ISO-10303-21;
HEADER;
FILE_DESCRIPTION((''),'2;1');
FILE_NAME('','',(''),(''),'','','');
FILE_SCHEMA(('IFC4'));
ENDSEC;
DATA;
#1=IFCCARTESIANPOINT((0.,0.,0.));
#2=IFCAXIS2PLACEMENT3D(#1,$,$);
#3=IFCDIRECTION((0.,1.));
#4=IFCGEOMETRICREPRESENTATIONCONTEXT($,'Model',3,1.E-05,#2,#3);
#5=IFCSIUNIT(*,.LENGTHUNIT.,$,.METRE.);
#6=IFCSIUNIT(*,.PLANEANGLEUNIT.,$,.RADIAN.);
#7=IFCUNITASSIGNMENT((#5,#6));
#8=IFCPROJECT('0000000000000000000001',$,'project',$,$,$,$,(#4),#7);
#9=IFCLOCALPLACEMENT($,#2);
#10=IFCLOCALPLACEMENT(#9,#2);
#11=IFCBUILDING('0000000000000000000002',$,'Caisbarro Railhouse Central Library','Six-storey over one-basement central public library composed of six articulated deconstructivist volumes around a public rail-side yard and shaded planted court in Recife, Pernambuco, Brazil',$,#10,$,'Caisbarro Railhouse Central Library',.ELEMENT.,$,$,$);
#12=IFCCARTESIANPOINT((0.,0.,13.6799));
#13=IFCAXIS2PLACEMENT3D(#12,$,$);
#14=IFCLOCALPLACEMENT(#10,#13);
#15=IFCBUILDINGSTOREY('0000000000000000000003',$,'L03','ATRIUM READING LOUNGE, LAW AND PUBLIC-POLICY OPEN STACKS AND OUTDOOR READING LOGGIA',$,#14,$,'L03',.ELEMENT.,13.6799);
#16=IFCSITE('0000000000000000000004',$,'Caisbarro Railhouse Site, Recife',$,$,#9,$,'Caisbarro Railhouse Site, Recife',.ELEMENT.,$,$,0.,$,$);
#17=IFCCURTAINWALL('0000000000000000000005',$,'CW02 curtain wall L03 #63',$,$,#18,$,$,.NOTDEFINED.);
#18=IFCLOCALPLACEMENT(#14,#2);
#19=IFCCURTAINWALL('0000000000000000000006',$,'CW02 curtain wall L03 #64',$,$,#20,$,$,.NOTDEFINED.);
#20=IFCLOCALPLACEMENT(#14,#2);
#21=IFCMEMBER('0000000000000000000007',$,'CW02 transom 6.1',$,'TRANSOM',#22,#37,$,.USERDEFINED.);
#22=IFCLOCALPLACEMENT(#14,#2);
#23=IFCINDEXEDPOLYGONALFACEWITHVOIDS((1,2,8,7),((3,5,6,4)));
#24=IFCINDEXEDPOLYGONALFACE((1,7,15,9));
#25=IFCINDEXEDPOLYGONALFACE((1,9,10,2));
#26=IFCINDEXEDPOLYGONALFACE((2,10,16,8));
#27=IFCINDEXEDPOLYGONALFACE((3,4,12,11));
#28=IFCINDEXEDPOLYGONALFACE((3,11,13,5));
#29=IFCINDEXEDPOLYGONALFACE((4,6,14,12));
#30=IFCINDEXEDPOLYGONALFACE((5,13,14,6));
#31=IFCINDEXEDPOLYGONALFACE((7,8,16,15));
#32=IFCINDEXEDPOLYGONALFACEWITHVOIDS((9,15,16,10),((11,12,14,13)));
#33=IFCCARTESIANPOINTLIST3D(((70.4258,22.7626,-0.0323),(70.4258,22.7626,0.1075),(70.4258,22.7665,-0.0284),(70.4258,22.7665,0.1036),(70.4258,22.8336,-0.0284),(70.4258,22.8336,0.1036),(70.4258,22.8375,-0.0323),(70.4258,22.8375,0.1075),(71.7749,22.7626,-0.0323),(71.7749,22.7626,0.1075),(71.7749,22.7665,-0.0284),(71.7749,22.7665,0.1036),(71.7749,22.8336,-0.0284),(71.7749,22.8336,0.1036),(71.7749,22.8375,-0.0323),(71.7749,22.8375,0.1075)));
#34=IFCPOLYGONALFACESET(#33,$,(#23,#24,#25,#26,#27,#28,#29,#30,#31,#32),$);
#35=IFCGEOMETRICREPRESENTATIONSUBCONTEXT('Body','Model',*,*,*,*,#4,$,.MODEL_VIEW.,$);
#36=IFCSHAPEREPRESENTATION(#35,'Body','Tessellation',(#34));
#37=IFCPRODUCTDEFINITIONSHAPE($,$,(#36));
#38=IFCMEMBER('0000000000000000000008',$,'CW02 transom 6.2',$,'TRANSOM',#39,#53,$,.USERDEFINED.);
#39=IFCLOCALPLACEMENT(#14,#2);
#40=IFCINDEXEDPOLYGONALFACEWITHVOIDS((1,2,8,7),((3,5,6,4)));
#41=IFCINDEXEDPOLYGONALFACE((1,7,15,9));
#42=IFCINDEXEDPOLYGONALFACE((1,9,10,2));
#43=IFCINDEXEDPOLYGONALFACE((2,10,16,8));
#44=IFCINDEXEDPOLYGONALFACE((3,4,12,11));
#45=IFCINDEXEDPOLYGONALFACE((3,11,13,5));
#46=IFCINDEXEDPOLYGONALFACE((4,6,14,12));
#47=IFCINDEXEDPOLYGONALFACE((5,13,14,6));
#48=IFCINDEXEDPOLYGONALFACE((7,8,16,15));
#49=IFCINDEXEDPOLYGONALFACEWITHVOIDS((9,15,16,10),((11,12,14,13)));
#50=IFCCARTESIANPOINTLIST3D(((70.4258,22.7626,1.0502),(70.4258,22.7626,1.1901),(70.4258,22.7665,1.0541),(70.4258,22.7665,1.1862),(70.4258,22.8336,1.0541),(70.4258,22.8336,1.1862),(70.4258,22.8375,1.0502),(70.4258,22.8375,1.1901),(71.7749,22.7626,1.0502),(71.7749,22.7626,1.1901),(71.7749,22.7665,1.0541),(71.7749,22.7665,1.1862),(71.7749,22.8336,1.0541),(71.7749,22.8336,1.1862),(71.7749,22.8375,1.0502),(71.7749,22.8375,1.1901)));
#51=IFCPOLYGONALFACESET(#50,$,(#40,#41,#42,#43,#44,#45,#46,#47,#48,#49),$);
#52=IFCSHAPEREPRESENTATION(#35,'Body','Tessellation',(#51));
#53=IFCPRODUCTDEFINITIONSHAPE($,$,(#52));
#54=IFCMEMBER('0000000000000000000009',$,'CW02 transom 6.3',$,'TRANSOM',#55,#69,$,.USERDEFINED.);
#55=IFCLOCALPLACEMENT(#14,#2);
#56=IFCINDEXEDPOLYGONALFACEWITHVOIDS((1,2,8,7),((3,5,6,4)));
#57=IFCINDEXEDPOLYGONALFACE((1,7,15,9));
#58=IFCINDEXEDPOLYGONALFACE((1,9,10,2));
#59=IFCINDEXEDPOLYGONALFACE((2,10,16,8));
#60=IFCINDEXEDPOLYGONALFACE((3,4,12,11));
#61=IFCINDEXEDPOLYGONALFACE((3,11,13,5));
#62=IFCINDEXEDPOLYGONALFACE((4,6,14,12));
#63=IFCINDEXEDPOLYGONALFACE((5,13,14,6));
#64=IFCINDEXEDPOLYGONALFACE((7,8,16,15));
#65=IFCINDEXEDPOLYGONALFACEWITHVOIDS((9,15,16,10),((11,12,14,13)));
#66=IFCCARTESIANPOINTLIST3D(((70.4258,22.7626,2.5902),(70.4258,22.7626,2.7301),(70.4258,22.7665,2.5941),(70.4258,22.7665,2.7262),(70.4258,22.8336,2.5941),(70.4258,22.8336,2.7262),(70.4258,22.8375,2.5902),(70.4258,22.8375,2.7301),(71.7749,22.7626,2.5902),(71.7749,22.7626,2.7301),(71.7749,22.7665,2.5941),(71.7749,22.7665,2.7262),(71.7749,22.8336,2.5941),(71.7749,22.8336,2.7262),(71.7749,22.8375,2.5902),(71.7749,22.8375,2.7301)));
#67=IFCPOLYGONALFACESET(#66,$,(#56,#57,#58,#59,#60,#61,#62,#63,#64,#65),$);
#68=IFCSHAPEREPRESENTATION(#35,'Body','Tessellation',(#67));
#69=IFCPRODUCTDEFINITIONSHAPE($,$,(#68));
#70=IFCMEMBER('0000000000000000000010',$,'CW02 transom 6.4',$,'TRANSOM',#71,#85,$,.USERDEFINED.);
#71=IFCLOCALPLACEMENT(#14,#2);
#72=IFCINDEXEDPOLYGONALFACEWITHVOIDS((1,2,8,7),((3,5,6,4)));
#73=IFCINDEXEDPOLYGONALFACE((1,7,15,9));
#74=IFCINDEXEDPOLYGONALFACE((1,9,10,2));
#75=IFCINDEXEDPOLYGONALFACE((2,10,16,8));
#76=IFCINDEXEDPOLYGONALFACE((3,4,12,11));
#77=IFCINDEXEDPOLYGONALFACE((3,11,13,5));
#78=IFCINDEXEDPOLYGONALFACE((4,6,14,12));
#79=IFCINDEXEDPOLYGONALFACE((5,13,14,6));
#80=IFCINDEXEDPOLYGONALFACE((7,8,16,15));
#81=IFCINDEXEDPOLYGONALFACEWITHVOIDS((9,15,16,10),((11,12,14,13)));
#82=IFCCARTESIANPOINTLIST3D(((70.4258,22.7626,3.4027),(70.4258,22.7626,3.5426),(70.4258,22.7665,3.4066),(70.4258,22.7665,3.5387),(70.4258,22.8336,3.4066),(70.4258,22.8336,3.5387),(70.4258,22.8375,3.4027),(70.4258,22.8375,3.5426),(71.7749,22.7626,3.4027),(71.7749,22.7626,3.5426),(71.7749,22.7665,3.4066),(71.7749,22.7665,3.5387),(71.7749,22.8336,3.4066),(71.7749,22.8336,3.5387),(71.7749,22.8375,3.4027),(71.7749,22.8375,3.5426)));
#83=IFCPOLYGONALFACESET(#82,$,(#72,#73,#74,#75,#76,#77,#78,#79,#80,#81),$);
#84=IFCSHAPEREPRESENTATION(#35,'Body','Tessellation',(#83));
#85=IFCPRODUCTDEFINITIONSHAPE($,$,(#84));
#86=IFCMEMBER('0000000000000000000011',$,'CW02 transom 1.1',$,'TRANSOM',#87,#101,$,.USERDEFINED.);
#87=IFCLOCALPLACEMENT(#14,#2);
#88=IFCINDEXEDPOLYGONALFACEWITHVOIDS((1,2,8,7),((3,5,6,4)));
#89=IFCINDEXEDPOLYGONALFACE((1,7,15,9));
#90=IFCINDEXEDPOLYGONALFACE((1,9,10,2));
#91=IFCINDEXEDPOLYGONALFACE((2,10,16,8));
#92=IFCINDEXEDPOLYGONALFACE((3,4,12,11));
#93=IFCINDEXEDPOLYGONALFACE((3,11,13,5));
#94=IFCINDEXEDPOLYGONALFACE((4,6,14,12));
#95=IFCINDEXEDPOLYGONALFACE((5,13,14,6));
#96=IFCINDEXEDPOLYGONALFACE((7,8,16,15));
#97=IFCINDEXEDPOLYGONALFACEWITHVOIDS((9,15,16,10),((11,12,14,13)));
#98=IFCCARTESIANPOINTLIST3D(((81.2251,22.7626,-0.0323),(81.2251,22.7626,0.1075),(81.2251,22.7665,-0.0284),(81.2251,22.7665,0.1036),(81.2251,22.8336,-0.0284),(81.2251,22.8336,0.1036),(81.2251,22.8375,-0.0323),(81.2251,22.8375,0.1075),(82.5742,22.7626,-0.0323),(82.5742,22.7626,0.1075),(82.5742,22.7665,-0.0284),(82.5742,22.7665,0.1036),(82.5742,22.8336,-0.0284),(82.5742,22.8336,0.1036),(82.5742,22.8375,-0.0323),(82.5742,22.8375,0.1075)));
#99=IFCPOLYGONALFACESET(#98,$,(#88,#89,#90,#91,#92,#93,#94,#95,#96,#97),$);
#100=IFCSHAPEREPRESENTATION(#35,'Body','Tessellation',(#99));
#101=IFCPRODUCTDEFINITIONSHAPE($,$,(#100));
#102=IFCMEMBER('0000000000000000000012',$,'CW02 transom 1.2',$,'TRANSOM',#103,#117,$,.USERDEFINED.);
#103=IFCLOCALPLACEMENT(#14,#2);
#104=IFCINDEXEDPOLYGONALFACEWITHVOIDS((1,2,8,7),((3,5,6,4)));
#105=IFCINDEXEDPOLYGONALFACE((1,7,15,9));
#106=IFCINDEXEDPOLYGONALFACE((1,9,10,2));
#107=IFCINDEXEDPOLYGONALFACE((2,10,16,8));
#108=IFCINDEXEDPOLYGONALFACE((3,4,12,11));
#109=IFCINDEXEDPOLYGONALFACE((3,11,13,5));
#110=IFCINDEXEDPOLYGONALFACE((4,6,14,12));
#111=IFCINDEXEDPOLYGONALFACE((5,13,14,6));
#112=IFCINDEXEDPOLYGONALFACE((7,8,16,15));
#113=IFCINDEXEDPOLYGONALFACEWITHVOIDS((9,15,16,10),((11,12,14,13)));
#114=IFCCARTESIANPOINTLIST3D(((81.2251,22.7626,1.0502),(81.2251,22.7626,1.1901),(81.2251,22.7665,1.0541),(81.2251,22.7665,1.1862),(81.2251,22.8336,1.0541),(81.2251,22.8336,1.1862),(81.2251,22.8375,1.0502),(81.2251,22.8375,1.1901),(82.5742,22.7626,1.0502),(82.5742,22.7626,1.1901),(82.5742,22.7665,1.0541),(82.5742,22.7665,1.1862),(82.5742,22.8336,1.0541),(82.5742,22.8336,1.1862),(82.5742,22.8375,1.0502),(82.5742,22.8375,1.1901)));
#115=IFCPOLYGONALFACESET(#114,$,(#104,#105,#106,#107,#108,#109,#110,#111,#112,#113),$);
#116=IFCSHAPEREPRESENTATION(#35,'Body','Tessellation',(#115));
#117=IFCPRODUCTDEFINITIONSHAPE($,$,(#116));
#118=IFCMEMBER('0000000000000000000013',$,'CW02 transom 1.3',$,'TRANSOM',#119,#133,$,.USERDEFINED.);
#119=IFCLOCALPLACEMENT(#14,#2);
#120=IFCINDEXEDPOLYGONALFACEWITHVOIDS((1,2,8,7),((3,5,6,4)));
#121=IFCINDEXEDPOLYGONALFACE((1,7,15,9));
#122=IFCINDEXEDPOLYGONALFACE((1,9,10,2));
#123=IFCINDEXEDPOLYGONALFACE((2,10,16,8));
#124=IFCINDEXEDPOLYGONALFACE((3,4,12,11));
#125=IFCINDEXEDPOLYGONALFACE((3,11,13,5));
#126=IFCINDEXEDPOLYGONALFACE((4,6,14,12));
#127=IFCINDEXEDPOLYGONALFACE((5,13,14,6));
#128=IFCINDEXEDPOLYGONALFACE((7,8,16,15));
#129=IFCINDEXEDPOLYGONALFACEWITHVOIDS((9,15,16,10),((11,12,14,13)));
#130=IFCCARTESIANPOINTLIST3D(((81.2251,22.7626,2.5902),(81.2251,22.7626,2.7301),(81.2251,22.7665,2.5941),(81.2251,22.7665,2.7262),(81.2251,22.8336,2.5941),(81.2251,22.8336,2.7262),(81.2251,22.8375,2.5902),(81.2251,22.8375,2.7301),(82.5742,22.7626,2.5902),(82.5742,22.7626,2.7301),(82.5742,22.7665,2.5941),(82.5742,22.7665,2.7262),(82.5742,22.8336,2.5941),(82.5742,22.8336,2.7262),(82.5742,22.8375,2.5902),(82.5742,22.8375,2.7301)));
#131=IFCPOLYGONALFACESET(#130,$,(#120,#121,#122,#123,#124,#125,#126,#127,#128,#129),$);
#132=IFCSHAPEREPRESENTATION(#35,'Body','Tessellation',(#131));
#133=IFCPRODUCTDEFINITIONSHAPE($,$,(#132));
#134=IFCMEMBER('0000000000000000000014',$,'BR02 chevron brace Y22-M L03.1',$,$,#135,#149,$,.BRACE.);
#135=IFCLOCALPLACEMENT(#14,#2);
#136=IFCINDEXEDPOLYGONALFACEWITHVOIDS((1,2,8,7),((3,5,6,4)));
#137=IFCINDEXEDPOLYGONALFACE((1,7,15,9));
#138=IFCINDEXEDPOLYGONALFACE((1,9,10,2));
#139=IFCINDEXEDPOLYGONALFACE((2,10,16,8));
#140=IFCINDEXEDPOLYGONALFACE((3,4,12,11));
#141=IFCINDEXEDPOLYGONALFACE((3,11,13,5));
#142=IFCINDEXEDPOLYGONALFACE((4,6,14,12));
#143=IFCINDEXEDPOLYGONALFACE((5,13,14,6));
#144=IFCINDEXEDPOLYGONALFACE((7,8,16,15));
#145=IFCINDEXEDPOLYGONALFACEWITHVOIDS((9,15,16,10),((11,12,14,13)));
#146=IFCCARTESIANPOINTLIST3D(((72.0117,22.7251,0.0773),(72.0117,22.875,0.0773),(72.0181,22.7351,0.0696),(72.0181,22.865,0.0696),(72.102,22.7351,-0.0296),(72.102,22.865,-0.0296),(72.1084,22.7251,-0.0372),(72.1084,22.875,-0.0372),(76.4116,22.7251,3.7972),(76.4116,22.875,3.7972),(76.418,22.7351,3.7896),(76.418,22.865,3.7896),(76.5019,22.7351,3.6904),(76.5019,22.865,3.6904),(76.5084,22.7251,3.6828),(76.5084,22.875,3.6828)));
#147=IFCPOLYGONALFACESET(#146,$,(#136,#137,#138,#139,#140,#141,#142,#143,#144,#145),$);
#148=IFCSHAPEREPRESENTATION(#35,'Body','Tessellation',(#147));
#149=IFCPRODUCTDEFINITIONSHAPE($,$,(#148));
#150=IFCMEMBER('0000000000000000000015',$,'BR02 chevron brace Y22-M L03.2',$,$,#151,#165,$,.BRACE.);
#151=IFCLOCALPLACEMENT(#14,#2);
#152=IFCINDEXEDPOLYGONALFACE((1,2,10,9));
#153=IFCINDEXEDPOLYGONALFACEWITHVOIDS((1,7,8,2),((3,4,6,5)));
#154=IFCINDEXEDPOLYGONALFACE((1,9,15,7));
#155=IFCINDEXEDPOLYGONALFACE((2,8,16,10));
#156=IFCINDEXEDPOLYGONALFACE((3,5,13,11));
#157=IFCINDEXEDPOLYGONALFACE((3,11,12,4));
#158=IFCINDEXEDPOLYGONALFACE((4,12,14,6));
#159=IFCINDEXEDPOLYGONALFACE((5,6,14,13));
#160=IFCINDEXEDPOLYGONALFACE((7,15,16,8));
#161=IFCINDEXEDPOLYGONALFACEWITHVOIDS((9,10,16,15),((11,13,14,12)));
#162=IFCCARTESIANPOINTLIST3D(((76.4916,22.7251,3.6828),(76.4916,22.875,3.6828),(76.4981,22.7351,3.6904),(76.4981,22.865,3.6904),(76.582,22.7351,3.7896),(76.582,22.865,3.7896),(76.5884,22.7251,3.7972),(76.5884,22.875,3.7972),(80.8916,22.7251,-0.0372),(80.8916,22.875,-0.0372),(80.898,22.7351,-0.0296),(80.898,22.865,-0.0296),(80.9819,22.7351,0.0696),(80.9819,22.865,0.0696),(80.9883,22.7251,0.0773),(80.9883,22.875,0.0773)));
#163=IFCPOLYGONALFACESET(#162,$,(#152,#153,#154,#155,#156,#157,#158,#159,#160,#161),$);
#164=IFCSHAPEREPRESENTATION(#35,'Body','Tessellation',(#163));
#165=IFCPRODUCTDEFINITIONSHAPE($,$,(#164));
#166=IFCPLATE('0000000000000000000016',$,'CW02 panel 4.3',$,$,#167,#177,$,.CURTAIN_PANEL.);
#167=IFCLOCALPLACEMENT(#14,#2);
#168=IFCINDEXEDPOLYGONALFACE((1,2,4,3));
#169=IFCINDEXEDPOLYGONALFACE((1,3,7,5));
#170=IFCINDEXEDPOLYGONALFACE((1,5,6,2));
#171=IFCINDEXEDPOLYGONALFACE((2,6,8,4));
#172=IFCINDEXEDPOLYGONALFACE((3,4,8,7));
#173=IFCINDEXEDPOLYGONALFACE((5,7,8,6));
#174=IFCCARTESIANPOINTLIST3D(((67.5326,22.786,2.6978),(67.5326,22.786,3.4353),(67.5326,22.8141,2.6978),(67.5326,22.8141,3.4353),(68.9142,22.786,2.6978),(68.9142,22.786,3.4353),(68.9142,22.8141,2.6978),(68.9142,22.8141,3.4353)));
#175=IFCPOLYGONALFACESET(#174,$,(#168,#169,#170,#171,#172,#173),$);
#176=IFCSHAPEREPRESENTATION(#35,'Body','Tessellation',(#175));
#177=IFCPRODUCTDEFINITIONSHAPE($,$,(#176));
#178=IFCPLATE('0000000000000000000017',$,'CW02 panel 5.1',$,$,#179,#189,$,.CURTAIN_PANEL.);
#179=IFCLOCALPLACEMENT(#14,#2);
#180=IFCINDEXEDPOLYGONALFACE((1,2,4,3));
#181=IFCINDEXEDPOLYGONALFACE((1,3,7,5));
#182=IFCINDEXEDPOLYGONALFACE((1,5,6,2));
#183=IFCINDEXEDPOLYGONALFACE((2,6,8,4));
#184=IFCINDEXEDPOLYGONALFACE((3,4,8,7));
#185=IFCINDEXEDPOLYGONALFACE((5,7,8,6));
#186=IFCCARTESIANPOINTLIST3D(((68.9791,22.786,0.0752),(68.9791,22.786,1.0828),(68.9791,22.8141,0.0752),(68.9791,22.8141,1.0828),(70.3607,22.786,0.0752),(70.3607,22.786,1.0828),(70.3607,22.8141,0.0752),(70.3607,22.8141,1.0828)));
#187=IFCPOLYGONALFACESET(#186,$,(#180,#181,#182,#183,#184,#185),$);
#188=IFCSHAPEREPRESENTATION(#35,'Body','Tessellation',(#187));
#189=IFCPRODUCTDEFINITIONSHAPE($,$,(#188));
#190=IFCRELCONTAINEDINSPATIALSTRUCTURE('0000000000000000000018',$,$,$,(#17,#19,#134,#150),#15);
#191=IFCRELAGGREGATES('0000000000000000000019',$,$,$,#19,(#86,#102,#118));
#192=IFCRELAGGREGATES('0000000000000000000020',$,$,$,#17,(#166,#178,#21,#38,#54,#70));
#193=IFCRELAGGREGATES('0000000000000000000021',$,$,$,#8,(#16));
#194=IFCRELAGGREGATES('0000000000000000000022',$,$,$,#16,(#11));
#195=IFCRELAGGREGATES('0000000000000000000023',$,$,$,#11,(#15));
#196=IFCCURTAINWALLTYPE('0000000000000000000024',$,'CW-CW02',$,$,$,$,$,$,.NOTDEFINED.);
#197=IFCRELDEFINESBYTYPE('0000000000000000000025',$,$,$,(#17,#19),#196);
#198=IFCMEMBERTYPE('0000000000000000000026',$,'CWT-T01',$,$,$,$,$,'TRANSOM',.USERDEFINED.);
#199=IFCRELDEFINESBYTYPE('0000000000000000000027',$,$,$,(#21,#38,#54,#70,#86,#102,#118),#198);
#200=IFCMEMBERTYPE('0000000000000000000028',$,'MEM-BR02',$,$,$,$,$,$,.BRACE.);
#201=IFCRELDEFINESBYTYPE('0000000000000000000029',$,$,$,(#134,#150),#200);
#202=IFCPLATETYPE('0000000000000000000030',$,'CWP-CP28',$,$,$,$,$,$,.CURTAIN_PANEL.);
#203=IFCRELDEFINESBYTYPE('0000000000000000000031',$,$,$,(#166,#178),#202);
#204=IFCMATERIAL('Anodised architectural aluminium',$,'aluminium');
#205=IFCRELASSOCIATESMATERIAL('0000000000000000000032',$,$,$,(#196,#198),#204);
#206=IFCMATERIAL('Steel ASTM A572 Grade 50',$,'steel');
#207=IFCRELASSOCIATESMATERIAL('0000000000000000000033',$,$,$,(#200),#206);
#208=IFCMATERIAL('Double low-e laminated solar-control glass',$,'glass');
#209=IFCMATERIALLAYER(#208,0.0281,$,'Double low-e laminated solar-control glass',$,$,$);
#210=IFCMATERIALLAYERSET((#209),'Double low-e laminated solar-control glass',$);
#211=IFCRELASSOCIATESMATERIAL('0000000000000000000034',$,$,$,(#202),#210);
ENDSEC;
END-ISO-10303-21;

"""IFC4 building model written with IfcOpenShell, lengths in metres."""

from ifc_helpers import new_model, si_unit, direction, frame, origin, origin_2d, place, context, subcontext, project, spatial, rectangle, hollow_rectangle, extrude, material, layer, layer_set, material_profile, profile_set, type_object, element, aggregate, save


model = new_model("IFC4")

# Units and contexts
model_context = context("Model", 3, precision=1e-05, world=origin(), true_north=direction((0.0, 1.0)))
body_context = subcontext(model_context, "Body", "Model", "MODEL_VIEW")
ifc_project = project(units=[si_unit("LENGTHUNIT", "METRE"), si_unit("PLANEANGLEUNIT", "RADIAN")], contexts=[model_context])

# Site, building, storey
site_placement = place(None, origin())
site = spatial("IfcSite", under=ifc_project, at=site_placement, Name="Caisbarro Railhouse Site, Recife", LongName="Caisbarro Railhouse Site, Recife", CompositionType="ELEMENT", RefElevation=0.0)
building_placement = place(site_placement, origin())
building = spatial("IfcBuilding", under=site, at=building_placement, Name="Caisbarro Railhouse Central Library", Description="Six-storey over one-basement central public library composed of six articulated deconstructivist volumes around a public rail-side yard and shaded planted court in Recife, Pernambuco, Brazil", LongName="Caisbarro Railhouse Central Library", CompositionType="ELEMENT")
storey_placement = place(building_placement, frame((0.0, 0.0, 13.6799)))
storey = spatial("IfcBuildingStorey", under=building, at=storey_placement, Name="L03", Description="ATRIUM READING LOUNGE, LAW AND PUBLIC-POLICY OPEN STACKS AND OUTDOOR READING LOGGIA", LongName="L03", CompositionType="ELEMENT", Elevation=13.6799)

# Shared definitions
ifc_material_1 = material(Name="Steel ASTM A572 Grade 50", Category="steel")

# Curtain wall
ifc_material_2 = material(Name="Anodised architectural aluminium", Category="aluminium")
curtain_wall_type = type_object("IfcCurtainWallType", Name="CW-CW02", PredefinedType="NOTDEFINED", material=ifc_material_2)
curtain_wall_1_placement = place(storey_placement, origin())
curtain_wall_1 = element("IfcCurtainWall", 1, at=curtain_wall_1_placement, inside=storey, type_object=curtain_wall_type, Name="CW02 curtain wall L03 #63", PredefinedType="NOTDEFINED")

# Curtain wall
curtain_wall_2_placement = place(storey_placement, origin())
curtain_wall_2 = element("IfcCurtainWall", 2, at=curtain_wall_2_placement, inside=storey, type_object=curtain_wall_type, Name="CW02 curtain wall L03 #64", PredefinedType="NOTDEFINED")

# Members
ifc_material_profile_1 = material_profile(ifc_material_2, hollow_rectangle(XDim=0.075, YDim=0.1399, WallThickness=0.0039, at=origin_2d()), Name="ALU-TRN-75X140")
ifc_profile_set_1 = profile_set([ifc_material_profile_1], Name="Anodised architectural aluminium")
member_type_1 = type_object("IfcMemberType", Name="CWT-T01", ElementType="TRANSOM", PredefinedType="USERDEFINED", material=ifc_profile_set_1)
member_1_placement = place(storey_placement, frame((70.4258, 22.8, 0.0376), z_axis=(1.0, 0.0, 0.0), x_axis=(0.0, 1.0, 0.0)))
member_1 = element("IfcMember", 3, at=member_1_placement, type_object=member_type_1, Name="CW02 transom 6.1", ObjectType="TRANSOM", PredefinedType="USERDEFINED", context=body_context, shape_type="SweptSolid", body=[
    extrude(hollow_rectangle(XDim=0.075, YDim=0.1399, WallThickness=0.0039, at=origin_2d()), origin(), (0.0, 0.0, 1.0), 1.3491),
])
member_2_placement = place(storey_placement, frame((70.4258, 22.8, 1.1201), z_axis=(1.0, 0.0, 0.0), x_axis=(0.0, 1.0, 0.0)))
member_2 = element("IfcMember", 4, at=member_2_placement, type_object=member_type_1, Name="CW02 transom 6.2", ObjectType="TRANSOM", PredefinedType="USERDEFINED", context=body_context, shape_type="SweptSolid", body=[
    extrude(hollow_rectangle(XDim=0.075, YDim=0.1399, WallThickness=0.0039, at=origin_2d()), origin(), (0.0, 0.0, 1.0), 1.3491),
])
member_3_placement = place(storey_placement, frame((70.4258, 22.8, 2.6602), z_axis=(1.0, 0.0, 0.0), x_axis=(0.0, 1.0, 0.0)))
member_3 = element("IfcMember", 5, at=member_3_placement, type_object=member_type_1, Name="CW02 transom 6.3", ObjectType="TRANSOM", PredefinedType="USERDEFINED", context=body_context, shape_type="SweptSolid", body=[
    extrude(hollow_rectangle(XDim=0.075, YDim=0.1399, WallThickness=0.0039, at=origin_2d()), origin(), (0.0, 0.0, 1.0), 1.3491),
])
member_4_placement = place(storey_placement, frame((70.4258, 22.8, 3.4727), z_axis=(1.0, 0.0, 0.0), x_axis=(0.0, 1.0, 0.0)))
member_4 = element("IfcMember", 6, at=member_4_placement, type_object=member_type_1, Name="CW02 transom 6.4", ObjectType="TRANSOM", PredefinedType="USERDEFINED", context=body_context, shape_type="SweptSolid", body=[
    extrude(hollow_rectangle(XDim=0.075, YDim=0.1399, WallThickness=0.0039, at=origin_2d()), origin(), (0.0, 0.0, 1.0), 1.3491),
])
member_5_placement = place(storey_placement, frame((81.2251, 22.8, 0.0376), z_axis=(1.0, 0.0, 0.0), x_axis=(0.0, 1.0, 0.0)))
member_5 = element("IfcMember", 7, at=member_5_placement, type_object=member_type_1, Name="CW02 transom 1.1", ObjectType="TRANSOM", PredefinedType="USERDEFINED", context=body_context, shape_type="SweptSolid", body=[
    extrude(hollow_rectangle(XDim=0.075, YDim=0.1399, WallThickness=0.0039, at=origin_2d()), origin(), (0.0, 0.0, 1.0), 1.3491),
])
member_6_placement = place(storey_placement, frame((81.2251, 22.8, 1.1201), z_axis=(1.0, 0.0, 0.0), x_axis=(0.0, 1.0, 0.0)))
member_6 = element("IfcMember", 8, at=member_6_placement, type_object=member_type_1, Name="CW02 transom 1.2", ObjectType="TRANSOM", PredefinedType="USERDEFINED", context=body_context, shape_type="SweptSolid", body=[
    extrude(hollow_rectangle(XDim=0.075, YDim=0.1399, WallThickness=0.0039, at=origin_2d()), origin(), (0.0, 0.0, 1.0), 1.3491),
])
member_7_placement = place(storey_placement, frame((81.2251, 22.8, 2.6602), z_axis=(1.0, 0.0, 0.0), x_axis=(0.0, 1.0, 0.0)))
member_7 = element("IfcMember", 9, at=member_7_placement, type_object=member_type_1, Name="CW02 transom 1.3", ObjectType="TRANSOM", PredefinedType="USERDEFINED", context=body_context, shape_type="SweptSolid", body=[
    extrude(hollow_rectangle(XDim=0.075, YDim=0.1399, WallThickness=0.0039, at=origin_2d()), origin(), (0.0, 0.0, 1.0), 1.3491),
])
aggregate(curtain_wall_2, [member_5, member_6, member_7])

# Members
ifc_material_profile_2 = material_profile(ifc_material_1, hollow_rectangle(XDim=0.1499, YDim=0.1499, WallThickness=0.01, at=origin_2d()), Name="HSS150X150X10")
ifc_profile_set_2 = profile_set([ifc_material_profile_2], Name="Steel ASTM A572 Grade 50")
member_type_2 = type_object("IfcMemberType", Name="MEM-BR02", PredefinedType="BRACE", material=ifc_profile_set_2)
for number, where, z_axis, x_axis, name in (
    (10, (72.0601, 22.8, 0.02), (0.763645, 0.0, 0.645636), (0.0, 1.0, 0.0), "BR02 chevron brace Y22-M L03.1"),
    (11, (80.9399, 22.8, 0.02), (-0.763645, 0.0, 0.645636), (0.0, -1.0, 0.0), "BR02 chevron brace Y22-M L03.2"),
):
    element("IfcMember", number, at=place(storey_placement, frame(where, z_axis=z_axis, x_axis=x_axis)), inside=storey, type_object=member_type_2, Name=name, PredefinedType="BRACE", context=body_context, shape_type="SweptSolid", body=[
        extrude(hollow_rectangle(XDim=0.1499, YDim=0.1499, WallThickness=0.01, at=origin_2d()), origin(), (0.0, 0.0, 1.0), 5.7617),
    ])

# Plates
ifc_material_3 = material(Name="Double low-e laminated solar-control glass", Category="glass")
ifc_layer_1 = layer(ifc_material_3, 0.0281, Name="Double low-e laminated solar-control glass")
ifc_layer_set_1 = layer_set([ifc_layer_1], Name="Double low-e laminated solar-control glass")
plate_type_1 = type_object("IfcPlateType", Name="CWP-CP28", PredefinedType="CURTAIN_PANEL", material=ifc_layer_set_1)
plate_1_placement = place(storey_placement, frame((68.2234, 22.8, 2.6978), z_axis=(0.0, 0.0, 1.0), x_axis=(1.0, 0.0, 0.0)))
plate_1 = element("IfcPlate", 12, at=plate_1_placement, type_object=plate_type_1, Name="CW02 panel 4.3", PredefinedType="CURTAIN_PANEL", context=body_context, shape_type="SweptSolid", body=[
    extrude(rectangle(XDim=1.3816, YDim=0.0281, at=origin_2d()), origin(), (0.0, 0.0, 1.0), 0.7375),
])
plate_2_placement = place(storey_placement, frame((69.6699, 22.8, 0.0752), z_axis=(0.0, 0.0, 1.0), x_axis=(1.0, 0.0, 0.0)))
plate_2 = element("IfcPlate", 13, at=plate_2_placement, type_object=plate_type_1, Name="CW02 panel 5.1", PredefinedType="CURTAIN_PANEL", context=body_context, shape_type="SweptSolid", body=[
    extrude(rectangle(XDim=1.3816, YDim=0.0281, at=origin_2d()), origin(), (0.0, 0.0, 1.0), 1.0076),
])
aggregate(curtain_wall_1, [plate_1, plate_2, member_1, member_2, member_3, member_4])

save(model, "model.ifc")
